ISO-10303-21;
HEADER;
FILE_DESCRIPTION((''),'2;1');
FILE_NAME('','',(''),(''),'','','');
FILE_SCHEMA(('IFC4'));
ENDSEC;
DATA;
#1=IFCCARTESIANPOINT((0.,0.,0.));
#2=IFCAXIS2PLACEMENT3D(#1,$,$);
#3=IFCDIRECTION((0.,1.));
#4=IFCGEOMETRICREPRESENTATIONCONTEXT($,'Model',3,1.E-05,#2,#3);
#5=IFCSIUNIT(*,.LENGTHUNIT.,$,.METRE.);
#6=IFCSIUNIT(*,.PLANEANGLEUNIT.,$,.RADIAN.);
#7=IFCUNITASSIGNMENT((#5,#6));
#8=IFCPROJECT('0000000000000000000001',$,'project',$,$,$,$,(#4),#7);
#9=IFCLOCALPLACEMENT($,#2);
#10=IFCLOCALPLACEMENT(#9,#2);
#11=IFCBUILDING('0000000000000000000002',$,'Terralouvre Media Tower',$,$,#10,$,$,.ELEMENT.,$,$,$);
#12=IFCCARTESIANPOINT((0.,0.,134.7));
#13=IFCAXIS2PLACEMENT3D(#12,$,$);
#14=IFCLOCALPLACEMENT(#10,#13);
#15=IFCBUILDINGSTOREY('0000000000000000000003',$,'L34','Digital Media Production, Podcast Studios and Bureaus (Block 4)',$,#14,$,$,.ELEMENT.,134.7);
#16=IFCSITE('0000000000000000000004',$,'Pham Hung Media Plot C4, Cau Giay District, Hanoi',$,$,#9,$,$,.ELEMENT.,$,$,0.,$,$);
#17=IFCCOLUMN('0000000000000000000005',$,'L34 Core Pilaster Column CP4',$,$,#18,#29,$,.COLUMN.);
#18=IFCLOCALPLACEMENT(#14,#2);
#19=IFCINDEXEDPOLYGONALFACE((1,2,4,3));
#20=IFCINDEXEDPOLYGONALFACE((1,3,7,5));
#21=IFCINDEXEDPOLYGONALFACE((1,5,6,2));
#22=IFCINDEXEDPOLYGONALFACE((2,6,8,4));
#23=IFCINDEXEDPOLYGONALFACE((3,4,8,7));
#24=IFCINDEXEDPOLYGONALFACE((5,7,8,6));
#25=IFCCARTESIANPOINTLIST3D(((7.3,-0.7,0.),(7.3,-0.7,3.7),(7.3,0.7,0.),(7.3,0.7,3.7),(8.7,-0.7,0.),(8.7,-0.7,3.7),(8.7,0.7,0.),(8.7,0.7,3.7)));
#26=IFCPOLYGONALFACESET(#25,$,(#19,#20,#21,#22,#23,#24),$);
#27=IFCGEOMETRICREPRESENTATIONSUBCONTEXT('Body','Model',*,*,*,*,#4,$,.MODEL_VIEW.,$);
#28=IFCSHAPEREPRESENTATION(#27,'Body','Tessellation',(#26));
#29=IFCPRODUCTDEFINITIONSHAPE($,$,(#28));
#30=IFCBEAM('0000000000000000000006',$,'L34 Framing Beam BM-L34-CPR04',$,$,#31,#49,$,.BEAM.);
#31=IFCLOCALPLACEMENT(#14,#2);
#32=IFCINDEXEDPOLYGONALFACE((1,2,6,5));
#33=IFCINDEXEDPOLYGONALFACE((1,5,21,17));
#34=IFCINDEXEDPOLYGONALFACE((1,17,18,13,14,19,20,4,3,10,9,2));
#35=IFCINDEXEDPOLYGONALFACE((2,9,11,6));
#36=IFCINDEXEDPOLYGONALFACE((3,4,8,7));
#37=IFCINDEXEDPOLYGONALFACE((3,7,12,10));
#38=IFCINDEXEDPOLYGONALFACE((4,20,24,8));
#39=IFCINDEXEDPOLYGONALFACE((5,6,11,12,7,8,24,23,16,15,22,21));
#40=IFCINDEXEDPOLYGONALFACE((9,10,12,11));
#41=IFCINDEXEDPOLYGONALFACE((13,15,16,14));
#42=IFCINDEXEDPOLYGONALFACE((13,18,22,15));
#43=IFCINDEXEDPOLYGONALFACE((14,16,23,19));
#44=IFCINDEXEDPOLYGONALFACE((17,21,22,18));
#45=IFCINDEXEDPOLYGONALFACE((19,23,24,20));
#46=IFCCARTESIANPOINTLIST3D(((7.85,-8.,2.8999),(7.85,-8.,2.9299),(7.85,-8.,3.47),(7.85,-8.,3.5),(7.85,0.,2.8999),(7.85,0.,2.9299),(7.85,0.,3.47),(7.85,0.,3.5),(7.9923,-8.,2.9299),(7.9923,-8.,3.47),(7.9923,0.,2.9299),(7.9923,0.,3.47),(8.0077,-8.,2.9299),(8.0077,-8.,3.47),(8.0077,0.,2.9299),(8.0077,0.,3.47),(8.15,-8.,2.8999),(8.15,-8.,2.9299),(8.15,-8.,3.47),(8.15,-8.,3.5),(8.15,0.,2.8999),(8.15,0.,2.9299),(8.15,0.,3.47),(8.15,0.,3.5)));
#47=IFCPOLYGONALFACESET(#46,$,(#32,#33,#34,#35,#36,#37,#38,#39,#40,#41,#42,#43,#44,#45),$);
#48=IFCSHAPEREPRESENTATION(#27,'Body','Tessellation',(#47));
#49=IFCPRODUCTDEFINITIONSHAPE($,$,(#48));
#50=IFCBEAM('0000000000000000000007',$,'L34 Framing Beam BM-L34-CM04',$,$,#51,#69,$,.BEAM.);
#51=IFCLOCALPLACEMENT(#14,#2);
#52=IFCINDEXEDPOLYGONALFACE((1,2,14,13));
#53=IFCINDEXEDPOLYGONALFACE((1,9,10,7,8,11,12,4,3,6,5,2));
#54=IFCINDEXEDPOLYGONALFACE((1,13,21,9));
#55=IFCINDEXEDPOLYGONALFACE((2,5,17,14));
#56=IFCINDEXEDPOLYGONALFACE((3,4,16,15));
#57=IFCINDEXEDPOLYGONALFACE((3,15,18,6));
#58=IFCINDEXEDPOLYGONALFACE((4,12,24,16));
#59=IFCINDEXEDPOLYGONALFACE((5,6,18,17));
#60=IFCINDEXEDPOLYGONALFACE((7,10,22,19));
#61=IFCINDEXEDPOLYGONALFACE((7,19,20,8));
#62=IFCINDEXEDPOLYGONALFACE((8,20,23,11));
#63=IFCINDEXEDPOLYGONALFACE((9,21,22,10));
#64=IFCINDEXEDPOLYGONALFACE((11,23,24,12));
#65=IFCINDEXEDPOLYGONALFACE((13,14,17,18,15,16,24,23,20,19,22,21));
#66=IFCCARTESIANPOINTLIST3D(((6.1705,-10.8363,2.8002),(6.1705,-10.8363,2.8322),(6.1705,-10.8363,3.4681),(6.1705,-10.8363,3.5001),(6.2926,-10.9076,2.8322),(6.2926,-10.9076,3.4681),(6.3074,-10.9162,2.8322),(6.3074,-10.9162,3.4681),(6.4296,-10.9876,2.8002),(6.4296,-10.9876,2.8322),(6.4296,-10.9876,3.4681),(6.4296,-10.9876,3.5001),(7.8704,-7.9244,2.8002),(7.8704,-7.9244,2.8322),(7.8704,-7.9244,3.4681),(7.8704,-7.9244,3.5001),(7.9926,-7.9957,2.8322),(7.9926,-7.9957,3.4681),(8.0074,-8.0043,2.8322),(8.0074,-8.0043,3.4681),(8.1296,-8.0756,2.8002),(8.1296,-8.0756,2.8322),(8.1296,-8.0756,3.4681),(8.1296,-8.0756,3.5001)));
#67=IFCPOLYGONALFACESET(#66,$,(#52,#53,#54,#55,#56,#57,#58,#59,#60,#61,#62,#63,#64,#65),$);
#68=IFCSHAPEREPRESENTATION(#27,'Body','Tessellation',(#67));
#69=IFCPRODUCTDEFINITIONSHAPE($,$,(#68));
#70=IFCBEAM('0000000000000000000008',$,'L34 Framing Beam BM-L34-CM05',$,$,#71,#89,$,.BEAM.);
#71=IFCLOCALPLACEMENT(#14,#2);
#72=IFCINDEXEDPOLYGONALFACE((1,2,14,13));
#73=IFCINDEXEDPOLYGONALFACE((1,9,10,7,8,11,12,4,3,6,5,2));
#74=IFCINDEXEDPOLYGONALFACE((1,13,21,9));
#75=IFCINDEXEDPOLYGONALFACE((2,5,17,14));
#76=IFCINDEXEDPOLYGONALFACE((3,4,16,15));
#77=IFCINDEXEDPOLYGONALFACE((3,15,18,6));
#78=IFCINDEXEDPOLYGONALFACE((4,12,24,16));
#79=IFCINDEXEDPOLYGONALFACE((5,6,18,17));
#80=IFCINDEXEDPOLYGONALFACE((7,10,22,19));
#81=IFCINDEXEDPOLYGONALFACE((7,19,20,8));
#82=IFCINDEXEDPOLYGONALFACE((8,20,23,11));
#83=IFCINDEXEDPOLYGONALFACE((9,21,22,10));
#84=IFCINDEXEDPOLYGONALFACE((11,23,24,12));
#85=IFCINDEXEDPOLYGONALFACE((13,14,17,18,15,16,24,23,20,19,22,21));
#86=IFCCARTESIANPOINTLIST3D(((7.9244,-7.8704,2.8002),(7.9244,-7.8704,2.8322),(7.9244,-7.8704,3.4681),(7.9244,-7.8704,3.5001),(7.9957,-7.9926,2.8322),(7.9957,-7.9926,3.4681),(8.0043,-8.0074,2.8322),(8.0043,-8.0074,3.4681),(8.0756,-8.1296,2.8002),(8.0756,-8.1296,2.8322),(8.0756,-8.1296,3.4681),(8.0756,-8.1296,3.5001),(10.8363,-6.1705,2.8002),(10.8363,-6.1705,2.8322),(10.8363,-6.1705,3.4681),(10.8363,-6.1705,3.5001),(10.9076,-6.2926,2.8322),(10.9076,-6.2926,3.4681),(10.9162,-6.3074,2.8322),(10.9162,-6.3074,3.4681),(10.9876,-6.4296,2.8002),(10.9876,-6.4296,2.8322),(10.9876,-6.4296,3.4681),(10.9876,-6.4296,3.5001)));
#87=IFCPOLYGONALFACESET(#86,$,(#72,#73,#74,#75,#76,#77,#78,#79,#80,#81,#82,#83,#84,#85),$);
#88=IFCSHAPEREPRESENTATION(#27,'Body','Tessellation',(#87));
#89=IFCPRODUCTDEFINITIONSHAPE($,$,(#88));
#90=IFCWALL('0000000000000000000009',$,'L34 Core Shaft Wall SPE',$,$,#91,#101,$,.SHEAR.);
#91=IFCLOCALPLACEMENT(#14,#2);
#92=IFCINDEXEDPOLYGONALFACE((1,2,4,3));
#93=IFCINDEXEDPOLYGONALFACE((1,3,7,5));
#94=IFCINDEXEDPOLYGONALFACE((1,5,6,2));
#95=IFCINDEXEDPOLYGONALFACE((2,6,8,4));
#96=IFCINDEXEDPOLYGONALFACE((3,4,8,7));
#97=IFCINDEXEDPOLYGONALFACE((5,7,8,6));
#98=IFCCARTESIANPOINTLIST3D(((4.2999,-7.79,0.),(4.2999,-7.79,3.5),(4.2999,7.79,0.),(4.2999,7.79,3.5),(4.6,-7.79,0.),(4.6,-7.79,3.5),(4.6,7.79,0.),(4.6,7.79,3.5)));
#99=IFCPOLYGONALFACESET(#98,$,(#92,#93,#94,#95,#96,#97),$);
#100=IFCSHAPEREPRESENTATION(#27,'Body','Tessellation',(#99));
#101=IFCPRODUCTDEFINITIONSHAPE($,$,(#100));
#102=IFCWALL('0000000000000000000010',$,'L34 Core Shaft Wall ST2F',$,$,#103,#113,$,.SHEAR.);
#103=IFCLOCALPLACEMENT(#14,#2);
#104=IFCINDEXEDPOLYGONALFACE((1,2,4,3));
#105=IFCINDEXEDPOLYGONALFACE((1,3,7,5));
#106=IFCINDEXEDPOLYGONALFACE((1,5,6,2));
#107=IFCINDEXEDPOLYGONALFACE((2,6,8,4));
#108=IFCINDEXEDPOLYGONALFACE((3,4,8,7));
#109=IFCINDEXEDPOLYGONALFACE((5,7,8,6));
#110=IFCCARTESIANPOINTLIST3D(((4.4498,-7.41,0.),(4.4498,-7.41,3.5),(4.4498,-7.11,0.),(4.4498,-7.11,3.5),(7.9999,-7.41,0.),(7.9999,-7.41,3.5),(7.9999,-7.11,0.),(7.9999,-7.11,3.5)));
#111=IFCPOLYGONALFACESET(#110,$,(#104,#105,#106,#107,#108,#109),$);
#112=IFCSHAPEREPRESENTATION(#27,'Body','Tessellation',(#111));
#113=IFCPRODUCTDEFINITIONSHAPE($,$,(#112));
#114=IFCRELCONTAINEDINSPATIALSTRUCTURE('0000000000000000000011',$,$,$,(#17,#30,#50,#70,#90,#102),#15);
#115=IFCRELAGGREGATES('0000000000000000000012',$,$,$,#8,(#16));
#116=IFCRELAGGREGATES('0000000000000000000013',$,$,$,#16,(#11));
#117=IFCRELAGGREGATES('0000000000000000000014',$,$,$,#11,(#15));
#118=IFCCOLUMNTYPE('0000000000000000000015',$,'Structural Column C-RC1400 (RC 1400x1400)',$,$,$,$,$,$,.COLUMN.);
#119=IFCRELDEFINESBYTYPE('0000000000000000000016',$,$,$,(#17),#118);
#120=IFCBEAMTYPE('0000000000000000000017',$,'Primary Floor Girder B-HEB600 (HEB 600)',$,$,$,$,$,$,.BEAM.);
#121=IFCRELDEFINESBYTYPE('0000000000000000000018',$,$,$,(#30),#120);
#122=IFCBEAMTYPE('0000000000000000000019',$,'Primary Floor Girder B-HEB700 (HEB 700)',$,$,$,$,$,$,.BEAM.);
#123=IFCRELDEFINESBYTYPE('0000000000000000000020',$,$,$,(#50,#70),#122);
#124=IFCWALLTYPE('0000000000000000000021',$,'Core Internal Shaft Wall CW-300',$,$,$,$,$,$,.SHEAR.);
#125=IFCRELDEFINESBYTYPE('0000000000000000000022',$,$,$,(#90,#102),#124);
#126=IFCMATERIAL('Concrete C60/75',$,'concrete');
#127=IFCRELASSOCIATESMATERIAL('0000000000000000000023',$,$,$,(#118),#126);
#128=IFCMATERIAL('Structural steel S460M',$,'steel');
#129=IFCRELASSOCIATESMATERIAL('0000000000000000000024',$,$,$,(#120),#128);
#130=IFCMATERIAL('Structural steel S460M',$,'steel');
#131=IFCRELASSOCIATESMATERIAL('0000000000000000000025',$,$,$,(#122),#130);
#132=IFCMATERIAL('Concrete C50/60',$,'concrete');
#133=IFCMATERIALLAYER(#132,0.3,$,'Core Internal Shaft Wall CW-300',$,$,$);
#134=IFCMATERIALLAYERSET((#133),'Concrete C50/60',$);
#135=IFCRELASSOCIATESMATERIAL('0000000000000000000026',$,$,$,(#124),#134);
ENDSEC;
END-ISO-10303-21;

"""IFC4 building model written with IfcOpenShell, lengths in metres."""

from ifc_helpers import new_model, si_unit, direction, frame, frame_2d, origin, origin_2d, place, context, subcontext, project, spatial, rectangle, i_section, extrude, material, layer, layer_set, material_profile, profile_set, type_object, element, save


model = new_model("IFC4")

# Units and contexts
model_context = context("Model", 3, precision=1e-05, world=origin(), true_north=direction((0.0, 1.0)))
body_context = subcontext(model_context, "Body", "Model", "MODEL_VIEW")
ifc_project = project(units=[si_unit("LENGTHUNIT", "METRE"), si_unit("PLANEANGLEUNIT", "RADIAN")], contexts=[model_context])

# Site, building, storey
site_placement = place(None, origin())
site = spatial("IfcSite", under=ifc_project, at=site_placement, Name="Pham Hung Media Plot C4, Cau Giay District, Hanoi", CompositionType="ELEMENT", RefElevation=0.0)
building_placement = place(site_placement, origin())
building = spatial("IfcBuilding", under=site, at=building_placement, Name="Terralouvre Media Tower", CompositionType="ELEMENT")
storey_placement = place(building_placement, frame((0.0, 0.0, 134.7)))
storey = spatial("IfcBuildingStorey", under=building, at=storey_placement, Name="L34", Description="Digital Media Production, Podcast Studios and Bureaus (Block 4)", CompositionType="ELEMENT", Elevation=134.7)

# Column
ifc_material_1 = material(Name="Concrete C60/75", Category="concrete")
ifc_material_profile_1 = material_profile(ifc_material_1, rectangle(XDim=1.3999, YDim=1.3999, at=origin_2d()), Name="RC 1400x1400")
ifc_profile_set_1 = profile_set([ifc_material_profile_1], Name="Concrete C60/75")
column_type = type_object("IfcColumnType", Name="Structural Column C-RC1400 (RC 1400x1400)", PredefinedType="COLUMN", material=ifc_profile_set_1)
column_placement = place(storey_placement, frame((8.0, 0.0, 0.0), z_axis=(0.0, 0.0, 1.0), x_axis=(1.0, 0.0, 0.0)))
element("IfcColumn", 1, at=column_placement, inside=storey, type_object=column_type, Name="L34 Core Pilaster Column CP4", PredefinedType="COLUMN", context=body_context, shape_type="SweptSolid", body=[
    extrude(rectangle(XDim=1.3999, YDim=1.3999, at=origin_2d()), origin(), (0.0, 0.0, 1.0), 3.7),
])

# Beams
ifc_material_2 = material(Name="Structural steel S460M", Category="steel")
ifc_material_profile_2 = material_profile(ifc_material_2, i_section(OverallWidth=0.3, OverallDepth=0.6001, WebThickness=0.0154, FlangeThickness=0.03, at=origin_2d()), Name="HEB 600")
ifc_profile_set_2 = profile_set([ifc_material_profile_2], Name="Structural steel S460M")
beam_type_1 = type_object("IfcBeamType", Name="Primary Floor Girder B-HEB600 (HEB 600)", PredefinedType="BEAM", material=ifc_profile_set_2)
beam_placement = place(storey_placement, frame((8.0, -8.0, 3.2), z_axis=(0.0, 1.0, 0.0), x_axis=(-1.0, 0.0, 0.0)))
element("IfcBeam", 2, at=beam_placement, inside=storey, type_object=beam_type_1, Name="L34 Framing Beam BM-L34-CPR04", PredefinedType="BEAM", context=body_context, shape_type="SweptSolid", body=[
    extrude(i_section(OverallWidth=0.3, OverallDepth=0.6001, WebThickness=0.0154, FlangeThickness=0.03, at=origin_2d()), origin(), (0.0, 0.0, 1.0), 8.0),
])
ifc_material_3 = material(Name="Structural steel S460M", Category="steel")
ifc_material_profile_3 = material_profile(ifc_material_3, i_section(OverallWidth=0.3, OverallDepth=0.7, WebThickness=0.0171, FlangeThickness=0.032, at=origin_2d()), Name="HEB 700")
ifc_profile_set_3 = profile_set([ifc_material_profile_3], Name="Structural steel S460M")
beam_type_2 = type_object("IfcBeamType", Name="Primary Floor Girder B-HEB700 (HEB 700)", PredefinedType="BEAM", material=ifc_profile_set_3)
for number, where, z_axis, x_axis, name in (
    (3, (8.0, -8.0, 3.1501), (-0.504173, -0.863603, 0.0), (0.863603, -0.504173, 0.0), "L34 Framing Beam BM-L34-CM04"),
    (4, (8.0, -8.0, 3.1501), (0.863603, 0.504173, 0.0), (-0.504173, 0.863603, 0.0), "L34 Framing Beam BM-L34-CM05"),
):
    element("IfcBeam", number, at=place(storey_placement, frame(where, z_axis=z_axis, x_axis=x_axis)), inside=storey, type_object=beam_type_2, Name=name, PredefinedType="BEAM", context=body_context, shape_type="SweptSolid", body=[
        extrude(i_section(OverallWidth=0.3, OverallDepth=0.7, WebThickness=0.0171, FlangeThickness=0.032, at=origin_2d()), origin(), (0.0, 0.0, 1.0), 3.3718),
    ])

# Wall
ifc_material_4 = material(Name="Concrete C50/60", Category="concrete")
ifc_layer_1 = layer(ifc_material_4, 0.3, Name="Core Internal Shaft Wall CW-300")
ifc_layer_set_1 = layer_set([ifc_layer_1], Name="Concrete C50/60")
wall_type_1 = type_object("IfcWallType", Name="Core Internal Shaft Wall CW-300", PredefinedType="SHEAR", material=ifc_layer_set_1)
wall_1_placement = place(storey_placement, frame((4.45, -7.79, 0.0), z_axis=(0.0, 0.0, 1.0), x_axis=(0.0, 1.0, 0.0)))
element("IfcWall", 5, at=wall_1_placement, inside=storey, type_object=wall_type_1, Name="L34 Core Shaft Wall SPE", PredefinedType="SHEAR", context=body_context, shape_type="SweptSolid", body=[
    extrude(rectangle(XDim=15.5801, YDim=0.3, at=frame_2d((7.79, 0.0))), origin(), (0.0, 0.0, 1.0), 3.5),
])

# Wall
wall_2_placement = place(storey_placement, frame((4.45, -7.26, 0.0), z_axis=(0.0, 0.0, 1.0), x_axis=(1.0, 0.0, 0.0)))
element("IfcWall", 6, at=wall_2_placement, inside=storey, type_object=wall_type_1, Name="L34 Core Shaft Wall ST2F", PredefinedType="SHEAR", context=body_context, shape_type="SweptSolid", body=[
    extrude(rectangle(XDim=3.55, YDim=0.3, at=frame_2d((1.7749, 0.0))), origin(), (0.0, 0.0, 1.0), 3.5),
])

save(model, "model.ifc")
